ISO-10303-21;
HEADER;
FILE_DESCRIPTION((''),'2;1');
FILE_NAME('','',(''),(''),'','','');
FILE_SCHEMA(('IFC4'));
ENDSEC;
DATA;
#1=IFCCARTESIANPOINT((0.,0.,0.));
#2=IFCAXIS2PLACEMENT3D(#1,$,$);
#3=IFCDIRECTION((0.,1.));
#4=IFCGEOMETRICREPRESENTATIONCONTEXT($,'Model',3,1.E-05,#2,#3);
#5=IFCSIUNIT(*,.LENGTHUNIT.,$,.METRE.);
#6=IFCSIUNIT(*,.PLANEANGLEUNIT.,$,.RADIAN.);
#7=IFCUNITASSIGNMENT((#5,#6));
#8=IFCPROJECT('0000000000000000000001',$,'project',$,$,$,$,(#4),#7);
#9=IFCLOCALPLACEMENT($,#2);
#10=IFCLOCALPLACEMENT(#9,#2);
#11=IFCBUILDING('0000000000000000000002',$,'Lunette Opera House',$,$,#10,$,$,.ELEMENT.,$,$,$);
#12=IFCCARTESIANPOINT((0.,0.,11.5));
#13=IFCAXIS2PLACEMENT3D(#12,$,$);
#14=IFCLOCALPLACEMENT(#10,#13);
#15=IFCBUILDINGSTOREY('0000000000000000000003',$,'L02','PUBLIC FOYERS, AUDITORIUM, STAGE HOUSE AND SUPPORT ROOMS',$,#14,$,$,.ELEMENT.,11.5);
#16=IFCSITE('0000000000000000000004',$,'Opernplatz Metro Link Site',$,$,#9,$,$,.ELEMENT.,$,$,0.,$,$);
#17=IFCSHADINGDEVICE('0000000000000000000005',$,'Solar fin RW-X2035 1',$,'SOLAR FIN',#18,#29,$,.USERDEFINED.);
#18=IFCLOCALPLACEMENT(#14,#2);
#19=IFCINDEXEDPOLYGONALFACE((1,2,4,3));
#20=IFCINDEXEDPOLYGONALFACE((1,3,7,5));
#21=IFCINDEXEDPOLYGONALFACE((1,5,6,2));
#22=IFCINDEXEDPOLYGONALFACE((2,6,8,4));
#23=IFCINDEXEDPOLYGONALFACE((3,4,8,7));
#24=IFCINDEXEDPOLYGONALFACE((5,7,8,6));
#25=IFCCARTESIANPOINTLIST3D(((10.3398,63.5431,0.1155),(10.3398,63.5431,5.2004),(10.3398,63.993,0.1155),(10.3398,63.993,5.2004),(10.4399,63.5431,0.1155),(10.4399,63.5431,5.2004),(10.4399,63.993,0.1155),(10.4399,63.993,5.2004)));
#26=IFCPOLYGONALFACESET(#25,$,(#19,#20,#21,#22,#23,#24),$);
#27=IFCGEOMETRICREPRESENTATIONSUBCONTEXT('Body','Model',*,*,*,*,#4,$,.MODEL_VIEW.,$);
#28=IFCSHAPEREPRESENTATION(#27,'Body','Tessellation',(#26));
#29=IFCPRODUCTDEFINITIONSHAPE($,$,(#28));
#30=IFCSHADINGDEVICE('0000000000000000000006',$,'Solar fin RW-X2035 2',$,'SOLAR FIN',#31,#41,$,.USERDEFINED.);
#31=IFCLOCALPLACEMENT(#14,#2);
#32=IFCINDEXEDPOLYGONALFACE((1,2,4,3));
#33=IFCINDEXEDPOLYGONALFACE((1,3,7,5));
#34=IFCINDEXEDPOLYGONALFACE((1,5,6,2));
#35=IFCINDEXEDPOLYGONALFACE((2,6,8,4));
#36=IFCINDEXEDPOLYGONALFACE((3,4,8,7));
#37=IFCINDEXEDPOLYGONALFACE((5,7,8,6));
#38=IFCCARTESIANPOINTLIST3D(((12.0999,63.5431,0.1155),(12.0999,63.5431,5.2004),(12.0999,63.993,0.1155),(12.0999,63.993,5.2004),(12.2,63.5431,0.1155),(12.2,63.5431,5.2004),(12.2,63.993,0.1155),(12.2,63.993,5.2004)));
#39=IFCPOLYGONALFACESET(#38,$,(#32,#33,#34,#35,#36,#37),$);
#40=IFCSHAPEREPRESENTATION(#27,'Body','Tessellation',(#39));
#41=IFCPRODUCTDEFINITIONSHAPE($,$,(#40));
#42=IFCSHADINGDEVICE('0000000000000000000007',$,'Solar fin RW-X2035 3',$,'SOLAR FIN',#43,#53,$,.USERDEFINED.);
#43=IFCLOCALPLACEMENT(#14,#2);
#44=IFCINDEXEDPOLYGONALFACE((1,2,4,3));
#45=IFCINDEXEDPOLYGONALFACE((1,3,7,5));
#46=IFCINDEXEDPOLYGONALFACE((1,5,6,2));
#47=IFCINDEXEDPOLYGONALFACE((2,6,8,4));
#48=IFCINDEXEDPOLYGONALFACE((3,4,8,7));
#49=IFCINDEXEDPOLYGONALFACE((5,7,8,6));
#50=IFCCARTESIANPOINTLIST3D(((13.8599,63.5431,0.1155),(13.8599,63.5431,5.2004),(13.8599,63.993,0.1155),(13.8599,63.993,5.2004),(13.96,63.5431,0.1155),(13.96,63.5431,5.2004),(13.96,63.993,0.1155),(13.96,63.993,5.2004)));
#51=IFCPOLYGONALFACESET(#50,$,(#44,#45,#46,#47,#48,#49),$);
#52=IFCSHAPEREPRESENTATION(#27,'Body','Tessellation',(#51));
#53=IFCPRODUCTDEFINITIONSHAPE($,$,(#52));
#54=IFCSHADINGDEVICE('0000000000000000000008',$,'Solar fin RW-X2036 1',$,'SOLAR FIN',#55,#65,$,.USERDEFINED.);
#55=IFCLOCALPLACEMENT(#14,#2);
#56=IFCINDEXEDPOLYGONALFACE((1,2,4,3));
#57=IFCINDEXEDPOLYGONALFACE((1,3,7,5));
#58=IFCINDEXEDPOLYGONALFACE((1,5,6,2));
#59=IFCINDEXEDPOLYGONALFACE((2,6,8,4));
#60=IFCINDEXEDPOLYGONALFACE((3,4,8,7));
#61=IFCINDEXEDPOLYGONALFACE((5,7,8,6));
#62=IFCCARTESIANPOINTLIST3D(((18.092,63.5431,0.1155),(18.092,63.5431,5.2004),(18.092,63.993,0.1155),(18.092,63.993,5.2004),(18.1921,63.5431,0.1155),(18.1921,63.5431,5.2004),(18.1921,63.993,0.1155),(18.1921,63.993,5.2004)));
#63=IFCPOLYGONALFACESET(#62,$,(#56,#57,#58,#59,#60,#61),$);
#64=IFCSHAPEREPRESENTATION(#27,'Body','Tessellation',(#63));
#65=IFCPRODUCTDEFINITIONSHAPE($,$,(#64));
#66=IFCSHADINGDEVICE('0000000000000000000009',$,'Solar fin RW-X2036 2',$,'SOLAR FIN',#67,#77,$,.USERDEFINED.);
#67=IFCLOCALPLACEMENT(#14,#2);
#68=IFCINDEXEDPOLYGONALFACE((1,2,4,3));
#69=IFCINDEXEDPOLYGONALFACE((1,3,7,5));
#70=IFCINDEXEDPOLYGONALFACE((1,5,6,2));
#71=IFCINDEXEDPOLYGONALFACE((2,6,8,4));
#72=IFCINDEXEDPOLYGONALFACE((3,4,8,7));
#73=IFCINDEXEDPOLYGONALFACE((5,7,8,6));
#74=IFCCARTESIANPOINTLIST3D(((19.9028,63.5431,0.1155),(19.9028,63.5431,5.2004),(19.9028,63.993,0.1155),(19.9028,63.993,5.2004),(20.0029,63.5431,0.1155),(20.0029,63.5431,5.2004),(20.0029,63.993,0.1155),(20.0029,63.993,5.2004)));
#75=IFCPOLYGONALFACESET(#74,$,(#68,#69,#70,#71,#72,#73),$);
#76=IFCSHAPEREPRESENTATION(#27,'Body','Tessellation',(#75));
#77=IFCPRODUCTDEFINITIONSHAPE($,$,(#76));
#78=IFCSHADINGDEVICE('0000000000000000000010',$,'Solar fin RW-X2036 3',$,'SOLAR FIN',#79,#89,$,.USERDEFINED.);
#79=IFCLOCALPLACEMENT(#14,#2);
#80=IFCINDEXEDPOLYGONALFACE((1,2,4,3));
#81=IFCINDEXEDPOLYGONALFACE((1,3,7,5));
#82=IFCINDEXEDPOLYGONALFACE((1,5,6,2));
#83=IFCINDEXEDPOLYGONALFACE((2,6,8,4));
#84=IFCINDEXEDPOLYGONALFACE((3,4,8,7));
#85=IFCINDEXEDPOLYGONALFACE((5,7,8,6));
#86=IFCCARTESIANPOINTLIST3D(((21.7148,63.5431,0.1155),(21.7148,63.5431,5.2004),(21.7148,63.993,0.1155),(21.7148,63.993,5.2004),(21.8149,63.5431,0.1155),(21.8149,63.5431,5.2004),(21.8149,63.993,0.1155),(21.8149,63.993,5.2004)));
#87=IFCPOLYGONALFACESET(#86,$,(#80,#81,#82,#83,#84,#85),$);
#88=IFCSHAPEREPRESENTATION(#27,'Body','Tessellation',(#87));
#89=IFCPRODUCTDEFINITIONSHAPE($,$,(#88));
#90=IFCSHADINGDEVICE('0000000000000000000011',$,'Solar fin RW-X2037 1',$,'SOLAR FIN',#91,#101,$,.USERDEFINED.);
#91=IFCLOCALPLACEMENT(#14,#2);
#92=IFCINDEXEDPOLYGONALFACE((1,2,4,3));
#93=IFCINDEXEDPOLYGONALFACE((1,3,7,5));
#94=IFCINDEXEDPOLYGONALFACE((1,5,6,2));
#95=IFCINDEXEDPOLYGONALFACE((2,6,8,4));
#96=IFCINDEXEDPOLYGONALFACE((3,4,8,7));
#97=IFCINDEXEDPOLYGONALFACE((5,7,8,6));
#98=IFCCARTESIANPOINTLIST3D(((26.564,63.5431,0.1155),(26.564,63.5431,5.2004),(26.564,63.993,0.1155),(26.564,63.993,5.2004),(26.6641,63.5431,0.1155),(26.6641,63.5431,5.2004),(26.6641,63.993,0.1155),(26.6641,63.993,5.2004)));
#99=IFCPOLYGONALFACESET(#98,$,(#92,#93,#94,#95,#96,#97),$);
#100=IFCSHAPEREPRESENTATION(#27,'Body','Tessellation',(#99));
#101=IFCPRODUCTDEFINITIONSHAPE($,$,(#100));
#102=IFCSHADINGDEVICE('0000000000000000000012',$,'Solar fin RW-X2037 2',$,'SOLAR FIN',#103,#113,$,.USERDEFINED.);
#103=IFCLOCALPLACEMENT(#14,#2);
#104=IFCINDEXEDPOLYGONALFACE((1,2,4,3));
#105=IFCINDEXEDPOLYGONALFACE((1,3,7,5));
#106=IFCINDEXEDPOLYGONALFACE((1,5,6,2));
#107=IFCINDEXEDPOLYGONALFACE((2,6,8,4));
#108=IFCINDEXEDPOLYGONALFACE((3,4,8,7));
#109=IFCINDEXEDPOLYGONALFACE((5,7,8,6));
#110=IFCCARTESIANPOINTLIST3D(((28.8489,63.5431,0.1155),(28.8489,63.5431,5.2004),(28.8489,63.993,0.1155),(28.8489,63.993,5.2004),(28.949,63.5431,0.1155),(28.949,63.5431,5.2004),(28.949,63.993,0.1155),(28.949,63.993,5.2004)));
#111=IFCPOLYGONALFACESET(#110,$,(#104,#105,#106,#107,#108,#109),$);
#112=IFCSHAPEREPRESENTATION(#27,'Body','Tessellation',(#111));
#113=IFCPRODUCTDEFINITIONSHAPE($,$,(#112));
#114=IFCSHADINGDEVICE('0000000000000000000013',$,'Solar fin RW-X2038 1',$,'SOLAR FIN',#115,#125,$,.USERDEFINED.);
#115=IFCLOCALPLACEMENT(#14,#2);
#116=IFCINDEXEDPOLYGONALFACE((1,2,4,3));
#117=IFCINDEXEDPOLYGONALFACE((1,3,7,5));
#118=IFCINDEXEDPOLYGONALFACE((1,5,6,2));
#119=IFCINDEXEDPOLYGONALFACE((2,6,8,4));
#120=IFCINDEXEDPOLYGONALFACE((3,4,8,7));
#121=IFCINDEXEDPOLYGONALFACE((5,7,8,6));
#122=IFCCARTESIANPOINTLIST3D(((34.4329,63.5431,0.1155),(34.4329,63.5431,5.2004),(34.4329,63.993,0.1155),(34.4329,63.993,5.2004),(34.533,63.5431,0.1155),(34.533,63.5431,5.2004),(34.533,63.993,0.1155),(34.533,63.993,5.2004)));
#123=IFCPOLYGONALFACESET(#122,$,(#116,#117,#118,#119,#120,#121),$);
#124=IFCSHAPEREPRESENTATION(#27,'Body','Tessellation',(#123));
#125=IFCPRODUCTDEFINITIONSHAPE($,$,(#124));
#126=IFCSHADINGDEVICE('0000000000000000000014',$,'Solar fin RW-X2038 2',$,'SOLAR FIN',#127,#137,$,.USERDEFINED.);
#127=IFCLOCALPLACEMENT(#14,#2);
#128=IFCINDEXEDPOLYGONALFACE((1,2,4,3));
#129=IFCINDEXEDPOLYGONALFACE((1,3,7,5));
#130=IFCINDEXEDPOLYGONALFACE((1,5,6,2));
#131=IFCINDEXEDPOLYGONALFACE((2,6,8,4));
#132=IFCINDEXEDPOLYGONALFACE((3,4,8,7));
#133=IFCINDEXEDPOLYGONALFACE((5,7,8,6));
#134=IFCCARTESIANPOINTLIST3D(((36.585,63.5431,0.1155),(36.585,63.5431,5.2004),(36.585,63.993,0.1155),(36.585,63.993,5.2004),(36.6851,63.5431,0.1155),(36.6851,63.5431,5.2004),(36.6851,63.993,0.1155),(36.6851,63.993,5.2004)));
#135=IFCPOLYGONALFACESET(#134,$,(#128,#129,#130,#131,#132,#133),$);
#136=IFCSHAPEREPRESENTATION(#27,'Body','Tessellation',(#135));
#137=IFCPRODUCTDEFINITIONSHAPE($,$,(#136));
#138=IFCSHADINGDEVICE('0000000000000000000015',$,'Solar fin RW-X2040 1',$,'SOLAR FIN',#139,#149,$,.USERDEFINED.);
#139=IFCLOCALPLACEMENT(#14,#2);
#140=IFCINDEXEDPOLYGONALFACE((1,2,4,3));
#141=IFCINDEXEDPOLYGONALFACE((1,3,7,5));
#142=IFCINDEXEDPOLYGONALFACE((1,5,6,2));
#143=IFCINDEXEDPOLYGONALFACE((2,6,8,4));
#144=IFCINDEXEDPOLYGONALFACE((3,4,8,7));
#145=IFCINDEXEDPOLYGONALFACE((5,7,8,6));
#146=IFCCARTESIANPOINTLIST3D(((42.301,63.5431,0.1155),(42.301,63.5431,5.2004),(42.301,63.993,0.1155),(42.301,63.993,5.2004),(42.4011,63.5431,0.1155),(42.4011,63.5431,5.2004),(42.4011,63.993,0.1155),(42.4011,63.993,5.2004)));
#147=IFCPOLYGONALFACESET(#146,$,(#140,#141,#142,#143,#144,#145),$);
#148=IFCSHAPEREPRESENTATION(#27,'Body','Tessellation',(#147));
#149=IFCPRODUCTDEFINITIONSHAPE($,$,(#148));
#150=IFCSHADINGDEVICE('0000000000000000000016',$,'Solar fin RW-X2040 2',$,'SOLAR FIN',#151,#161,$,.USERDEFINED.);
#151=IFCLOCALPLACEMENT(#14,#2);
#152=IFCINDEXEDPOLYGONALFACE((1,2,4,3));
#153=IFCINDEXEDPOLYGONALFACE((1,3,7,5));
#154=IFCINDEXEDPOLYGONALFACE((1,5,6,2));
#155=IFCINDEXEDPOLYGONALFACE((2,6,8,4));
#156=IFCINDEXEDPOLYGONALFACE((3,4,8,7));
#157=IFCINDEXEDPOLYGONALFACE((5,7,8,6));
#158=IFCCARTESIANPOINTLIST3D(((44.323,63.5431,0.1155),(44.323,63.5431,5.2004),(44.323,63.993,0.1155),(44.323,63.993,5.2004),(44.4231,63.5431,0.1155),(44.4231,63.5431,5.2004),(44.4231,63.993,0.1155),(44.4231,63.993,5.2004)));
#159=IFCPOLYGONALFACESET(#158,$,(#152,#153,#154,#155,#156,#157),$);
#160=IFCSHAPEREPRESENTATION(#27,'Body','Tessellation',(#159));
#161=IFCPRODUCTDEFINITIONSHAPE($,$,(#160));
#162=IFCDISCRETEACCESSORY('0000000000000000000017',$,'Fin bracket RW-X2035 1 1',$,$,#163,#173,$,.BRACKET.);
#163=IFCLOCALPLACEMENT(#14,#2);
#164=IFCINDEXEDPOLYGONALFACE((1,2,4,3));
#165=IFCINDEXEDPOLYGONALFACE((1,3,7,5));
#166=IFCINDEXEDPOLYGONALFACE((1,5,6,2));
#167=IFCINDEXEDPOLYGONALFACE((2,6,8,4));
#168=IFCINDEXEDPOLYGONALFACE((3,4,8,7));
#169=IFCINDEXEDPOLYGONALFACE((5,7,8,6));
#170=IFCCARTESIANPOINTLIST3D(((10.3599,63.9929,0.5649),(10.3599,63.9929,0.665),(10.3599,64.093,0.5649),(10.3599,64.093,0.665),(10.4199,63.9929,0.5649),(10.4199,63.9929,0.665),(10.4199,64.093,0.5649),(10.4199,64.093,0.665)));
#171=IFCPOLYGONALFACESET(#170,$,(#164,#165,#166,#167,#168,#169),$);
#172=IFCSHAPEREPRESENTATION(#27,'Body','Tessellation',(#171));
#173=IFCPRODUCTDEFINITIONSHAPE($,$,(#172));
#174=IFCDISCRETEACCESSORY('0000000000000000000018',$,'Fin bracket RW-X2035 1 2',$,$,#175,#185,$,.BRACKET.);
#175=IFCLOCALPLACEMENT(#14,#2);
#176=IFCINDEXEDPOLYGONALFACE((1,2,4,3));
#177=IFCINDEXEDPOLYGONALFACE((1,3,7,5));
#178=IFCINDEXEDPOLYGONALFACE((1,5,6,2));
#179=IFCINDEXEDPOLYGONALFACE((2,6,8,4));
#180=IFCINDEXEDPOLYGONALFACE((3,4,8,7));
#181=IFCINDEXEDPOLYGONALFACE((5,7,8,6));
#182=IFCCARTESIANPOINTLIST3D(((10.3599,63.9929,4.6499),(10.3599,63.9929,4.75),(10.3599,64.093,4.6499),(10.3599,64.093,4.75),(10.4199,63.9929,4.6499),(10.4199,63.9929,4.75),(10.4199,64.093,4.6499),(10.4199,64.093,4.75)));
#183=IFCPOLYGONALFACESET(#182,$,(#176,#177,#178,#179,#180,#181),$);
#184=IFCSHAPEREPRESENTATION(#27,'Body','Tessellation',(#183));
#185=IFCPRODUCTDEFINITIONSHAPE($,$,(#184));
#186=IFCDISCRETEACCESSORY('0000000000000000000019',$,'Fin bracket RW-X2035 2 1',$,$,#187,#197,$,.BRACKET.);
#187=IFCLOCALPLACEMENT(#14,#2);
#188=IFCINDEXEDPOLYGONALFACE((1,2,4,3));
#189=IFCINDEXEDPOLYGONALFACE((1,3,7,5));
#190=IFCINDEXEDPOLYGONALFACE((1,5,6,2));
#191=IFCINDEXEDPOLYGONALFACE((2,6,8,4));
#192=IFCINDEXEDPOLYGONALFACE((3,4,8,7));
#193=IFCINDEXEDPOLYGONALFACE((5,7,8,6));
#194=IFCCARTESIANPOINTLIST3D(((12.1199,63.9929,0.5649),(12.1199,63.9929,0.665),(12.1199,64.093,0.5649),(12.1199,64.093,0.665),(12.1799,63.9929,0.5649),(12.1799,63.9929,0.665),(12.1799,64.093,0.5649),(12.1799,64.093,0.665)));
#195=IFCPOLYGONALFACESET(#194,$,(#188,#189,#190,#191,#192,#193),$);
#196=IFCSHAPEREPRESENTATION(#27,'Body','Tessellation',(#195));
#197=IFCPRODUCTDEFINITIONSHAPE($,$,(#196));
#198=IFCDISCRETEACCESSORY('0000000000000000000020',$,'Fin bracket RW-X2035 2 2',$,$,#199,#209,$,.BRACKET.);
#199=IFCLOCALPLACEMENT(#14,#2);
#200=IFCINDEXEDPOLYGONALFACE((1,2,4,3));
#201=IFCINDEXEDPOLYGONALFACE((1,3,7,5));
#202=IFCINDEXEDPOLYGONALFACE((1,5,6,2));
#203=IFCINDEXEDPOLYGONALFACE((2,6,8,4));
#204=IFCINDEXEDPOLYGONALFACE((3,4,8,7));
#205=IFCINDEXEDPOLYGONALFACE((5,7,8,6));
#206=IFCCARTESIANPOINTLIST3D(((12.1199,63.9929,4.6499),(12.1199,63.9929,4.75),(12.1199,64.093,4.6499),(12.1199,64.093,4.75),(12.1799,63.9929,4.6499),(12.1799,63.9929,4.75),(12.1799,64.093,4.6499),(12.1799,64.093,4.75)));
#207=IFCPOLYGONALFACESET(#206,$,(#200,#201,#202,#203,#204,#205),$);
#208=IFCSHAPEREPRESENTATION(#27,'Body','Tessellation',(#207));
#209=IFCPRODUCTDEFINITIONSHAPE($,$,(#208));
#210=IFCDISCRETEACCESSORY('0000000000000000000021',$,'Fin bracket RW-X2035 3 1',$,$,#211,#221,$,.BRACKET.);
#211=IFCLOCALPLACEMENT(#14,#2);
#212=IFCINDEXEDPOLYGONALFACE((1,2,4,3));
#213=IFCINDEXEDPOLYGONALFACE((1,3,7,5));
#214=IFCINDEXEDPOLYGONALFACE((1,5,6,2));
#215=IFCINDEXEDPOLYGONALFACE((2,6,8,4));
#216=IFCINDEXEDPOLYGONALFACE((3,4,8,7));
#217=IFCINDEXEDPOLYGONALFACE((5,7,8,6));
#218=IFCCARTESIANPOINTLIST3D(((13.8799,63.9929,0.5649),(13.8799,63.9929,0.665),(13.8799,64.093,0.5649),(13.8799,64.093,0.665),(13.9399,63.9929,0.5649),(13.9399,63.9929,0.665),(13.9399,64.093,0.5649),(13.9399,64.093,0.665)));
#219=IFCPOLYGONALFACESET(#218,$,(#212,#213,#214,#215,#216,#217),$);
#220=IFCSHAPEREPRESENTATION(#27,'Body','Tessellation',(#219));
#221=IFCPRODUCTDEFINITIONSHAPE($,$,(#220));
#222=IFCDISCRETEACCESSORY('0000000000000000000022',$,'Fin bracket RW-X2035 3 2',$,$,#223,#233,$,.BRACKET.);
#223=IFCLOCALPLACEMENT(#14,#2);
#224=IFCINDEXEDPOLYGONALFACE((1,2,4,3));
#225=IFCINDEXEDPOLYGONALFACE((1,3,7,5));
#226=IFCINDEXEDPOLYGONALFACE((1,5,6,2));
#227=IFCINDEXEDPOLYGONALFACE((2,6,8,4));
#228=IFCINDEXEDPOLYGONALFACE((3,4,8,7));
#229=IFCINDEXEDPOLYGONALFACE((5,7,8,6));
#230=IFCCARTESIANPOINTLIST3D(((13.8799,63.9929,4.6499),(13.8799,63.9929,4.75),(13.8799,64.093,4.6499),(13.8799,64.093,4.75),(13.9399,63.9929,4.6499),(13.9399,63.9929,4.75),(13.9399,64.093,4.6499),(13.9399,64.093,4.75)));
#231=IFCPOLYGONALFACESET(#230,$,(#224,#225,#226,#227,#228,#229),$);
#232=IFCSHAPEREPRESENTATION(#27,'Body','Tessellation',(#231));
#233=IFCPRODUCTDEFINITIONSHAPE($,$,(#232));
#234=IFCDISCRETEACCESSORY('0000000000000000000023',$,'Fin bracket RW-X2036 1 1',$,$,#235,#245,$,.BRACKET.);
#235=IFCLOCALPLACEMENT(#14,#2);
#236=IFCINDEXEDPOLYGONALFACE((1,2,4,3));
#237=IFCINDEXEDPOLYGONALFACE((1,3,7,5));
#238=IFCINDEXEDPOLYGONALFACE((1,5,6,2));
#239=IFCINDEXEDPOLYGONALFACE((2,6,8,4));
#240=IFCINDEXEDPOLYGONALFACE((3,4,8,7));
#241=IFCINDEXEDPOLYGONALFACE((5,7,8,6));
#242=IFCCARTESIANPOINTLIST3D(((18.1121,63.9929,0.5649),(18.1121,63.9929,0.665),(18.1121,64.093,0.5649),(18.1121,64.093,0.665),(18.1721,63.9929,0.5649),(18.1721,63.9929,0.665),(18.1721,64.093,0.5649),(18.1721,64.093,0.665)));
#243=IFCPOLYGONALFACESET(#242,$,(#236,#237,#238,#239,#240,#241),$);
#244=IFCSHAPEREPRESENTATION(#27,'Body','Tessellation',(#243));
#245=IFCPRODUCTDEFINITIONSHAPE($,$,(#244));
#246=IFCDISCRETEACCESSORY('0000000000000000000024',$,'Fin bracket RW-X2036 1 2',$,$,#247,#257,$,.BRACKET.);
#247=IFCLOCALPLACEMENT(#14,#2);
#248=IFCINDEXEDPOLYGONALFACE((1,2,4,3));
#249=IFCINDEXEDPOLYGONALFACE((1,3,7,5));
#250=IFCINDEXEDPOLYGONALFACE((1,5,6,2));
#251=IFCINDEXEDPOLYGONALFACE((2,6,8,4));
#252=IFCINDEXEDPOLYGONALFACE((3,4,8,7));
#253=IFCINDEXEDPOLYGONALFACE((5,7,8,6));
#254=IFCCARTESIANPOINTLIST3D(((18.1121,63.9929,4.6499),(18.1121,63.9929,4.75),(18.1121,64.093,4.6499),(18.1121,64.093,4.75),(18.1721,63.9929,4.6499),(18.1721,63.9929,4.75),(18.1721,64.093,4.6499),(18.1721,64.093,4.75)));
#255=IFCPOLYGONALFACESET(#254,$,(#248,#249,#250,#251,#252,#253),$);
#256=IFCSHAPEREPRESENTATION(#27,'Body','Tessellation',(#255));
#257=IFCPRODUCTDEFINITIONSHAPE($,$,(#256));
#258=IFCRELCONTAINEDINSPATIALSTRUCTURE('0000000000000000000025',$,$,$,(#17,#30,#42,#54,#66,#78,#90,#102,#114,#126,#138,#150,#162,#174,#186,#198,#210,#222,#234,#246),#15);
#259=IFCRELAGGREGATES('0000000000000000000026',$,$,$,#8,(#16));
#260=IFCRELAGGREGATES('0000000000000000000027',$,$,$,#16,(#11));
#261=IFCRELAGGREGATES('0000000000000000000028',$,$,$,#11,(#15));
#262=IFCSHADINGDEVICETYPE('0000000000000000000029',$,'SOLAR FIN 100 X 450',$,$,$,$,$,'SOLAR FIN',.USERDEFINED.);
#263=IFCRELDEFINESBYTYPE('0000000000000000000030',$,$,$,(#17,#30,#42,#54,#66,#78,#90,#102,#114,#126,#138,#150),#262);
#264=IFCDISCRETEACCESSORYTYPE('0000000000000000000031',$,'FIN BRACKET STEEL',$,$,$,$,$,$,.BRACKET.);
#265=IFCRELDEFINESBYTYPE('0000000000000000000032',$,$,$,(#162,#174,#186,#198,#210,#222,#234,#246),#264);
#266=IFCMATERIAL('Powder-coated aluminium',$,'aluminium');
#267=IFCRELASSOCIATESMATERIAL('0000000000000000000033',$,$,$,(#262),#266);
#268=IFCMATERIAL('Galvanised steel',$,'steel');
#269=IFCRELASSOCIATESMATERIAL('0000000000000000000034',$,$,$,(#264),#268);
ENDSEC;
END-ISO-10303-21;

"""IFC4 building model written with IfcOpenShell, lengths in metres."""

from ifc_helpers import new_model, si_unit, direction, frame, origin, origin_2d, place, context, subcontext, project, spatial, rectangle, extrude, material, type_object, element, save


model = new_model("IFC4")

# Units and contexts
model_context = context("Model", 3, precision=1e-05, world=origin(), true_north=direction((0.0, 1.0)))
body_context = subcontext(model_context, "Body", "Model", "MODEL_VIEW")
ifc_project = project(units=[si_unit("LENGTHUNIT", "METRE"), si_unit("PLANEANGLEUNIT", "RADIAN")], contexts=[model_context])

# Site, building, storey
site_placement = place(None, origin())
site = spatial("IfcSite", under=ifc_project, at=site_placement, Name="Opernplatz Metro Link Site", CompositionType="ELEMENT", RefElevation=0.0)
building_placement = place(site_placement, origin())
building = spatial("IfcBuilding", under=site, at=building_placement, Name="Lunette Opera House", CompositionType="ELEMENT")
storey_placement = place(building_placement, frame((0.0, 0.0, 11.5)))
storey = spatial("IfcBuildingStorey", under=building, at=storey_placement, Name="L02", Description="PUBLIC FOYERS, AUDITORIUM, STAGE HOUSE AND SUPPORT ROOMS", CompositionType="ELEMENT", Elevation=11.5)

# Shading devices
ifc_material_1 = material(Name="Powder-coated aluminium", Category="aluminium")
shading_device_type = type_object("IfcShadingDeviceType", Name="SOLAR FIN 100 X 450", ElementType="SOLAR FIN", PredefinedType="USERDEFINED", material=ifc_material_1)
for number, where, z_axis, x_axis, name in (
    (1, (10.3899, 63.7681, 0.1155), (0.0, 0.0, 1.0), (0.0, -1.0, 0.0), "Solar fin RW-X2035 1"),
    (2, (12.1499, 63.7681, 0.1155), (0.0, 0.0, 1.0), (0.0, -1.0, 0.0), "Solar fin RW-X2035 2"),
    (3, (13.9099, 63.7681, 0.1155), (0.0, 0.0, 1.0), (0.0, -1.0, 0.0), "Solar fin RW-X2035 3"),
    (4, (18.1421, 63.7681, 0.1155), (0.0, 0.0, 1.0), (0.0, -1.0, 0.0), "Solar fin RW-X2036 1"),
    (5, (19.9529, 63.7681, 0.1155), (0.0, 0.0, 1.0), (0.0, -1.0, 0.0), "Solar fin RW-X2036 2"),
    (6, (21.7649, 63.7681, 0.1155), (0.0, 0.0, 1.0), (0.0, -1.0, 0.0), "Solar fin RW-X2036 3"),
    (7, (26.614, 63.7681, 0.1155), (0.0, 0.0, 1.0), (0.0, -1.0, 0.0), "Solar fin RW-X2037 1"),
    (8, (28.8989, 63.7681, 0.1155), (0.0, 0.0, 1.0), (0.0, -1.0, 0.0), "Solar fin RW-X2037 2"),
    (9, (34.4829, 63.7681, 0.1155), (0.0, 0.0, 1.0), (0.0, -1.0, 0.0), "Solar fin RW-X2038 1"),
    (10, (36.635, 63.7681, 0.1155), (0.0, 0.0, 1.0), (0.0, -1.0, 0.0), "Solar fin RW-X2038 2"),
    (11, (42.3511, 63.7681, 0.1155), (0.0, 0.0, 1.0), (0.0, -1.0, 0.0), "Solar fin RW-X2040 1"),
    (12, (44.373, 63.7681, 0.1155), (0.0, 0.0, 1.0), (0.0, -1.0, 0.0), "Solar fin RW-X2040 2"),
):
    element("IfcShadingDevice", number, at=place(storey_placement, frame(where, z_axis=z_axis, x_axis=x_axis)), inside=storey, type_object=shading_device_type, Name=name, ObjectType="SOLAR FIN", PredefinedType="USERDEFINED", context=body_context, shape_type="SweptSolid", body=[
        extrude(rectangle(XDim=0.45, YDim=0.1001, at=origin_2d()), origin(), (0.0, 0.0, 1.0), 5.085),
    ])

# Discrete accessories
ifc_material_2 = material(Name="Galvanised steel", Category="steel")
discrete_accessory_type = type_object("IfcDiscreteAccessoryType", Name="FIN BRACKET STEEL", PredefinedType="BRACKET", material=ifc_material_2)
for number, where, z_axis, x_axis, name in (
    (13, (10.3899, 64.043, 0.5649), (0.0, 0.0, 1.0), (0.0, -1.0, 0.0), "Fin bracket RW-X2035 1 1"),
    (14, (10.3899, 64.043, 4.6499), (0.0, 0.0, 1.0), (0.0, -1.0, 0.0), "Fin bracket RW-X2035 1 2"),
    (15, (12.1499, 64.043, 0.5649), (0.0, 0.0, 1.0), (0.0, -1.0, 0.0), "Fin bracket RW-X2035 2 1"),
    (16, (12.1499, 64.043, 4.6499), (0.0, 0.0, 1.0), (0.0, -1.0, 0.0), "Fin bracket RW-X2035 2 2"),
    (17, (13.9099, 64.043, 0.5649), (0.0, 0.0, 1.0), (0.0, -1.0, 0.0), "Fin bracket RW-X2035 3 1"),
    (18, (13.9099, 64.043, 4.6499), (0.0, 0.0, 1.0), (0.0, -1.0, 0.0), "Fin bracket RW-X2035 3 2"),
    (19, (18.1421, 64.043, 0.5649), (0.0, 0.0, 1.0), (0.0, -1.0, 0.0), "Fin bracket RW-X2036 1 1"),
    (20, (18.1421, 64.043, 4.6499), (0.0, 0.0, 1.0), (0.0, -1.0, 0.0), "Fin bracket RW-X2036 1 2"),
):
    element("IfcDiscreteAccessory", number, at=place(storey_placement, frame(where, z_axis=z_axis, x_axis=x_axis)), inside=storey, type_object=discrete_accessory_type, Name=name, PredefinedType="BRACKET", context=body_context, shape_type="SweptSolid", body=[
        extrude(rectangle(XDim=0.1001, YDim=0.0601, at=origin_2d()), origin(), (0.0, 0.0, 1.0), 0.1001),
    ])

save(model, "model.ifc")
